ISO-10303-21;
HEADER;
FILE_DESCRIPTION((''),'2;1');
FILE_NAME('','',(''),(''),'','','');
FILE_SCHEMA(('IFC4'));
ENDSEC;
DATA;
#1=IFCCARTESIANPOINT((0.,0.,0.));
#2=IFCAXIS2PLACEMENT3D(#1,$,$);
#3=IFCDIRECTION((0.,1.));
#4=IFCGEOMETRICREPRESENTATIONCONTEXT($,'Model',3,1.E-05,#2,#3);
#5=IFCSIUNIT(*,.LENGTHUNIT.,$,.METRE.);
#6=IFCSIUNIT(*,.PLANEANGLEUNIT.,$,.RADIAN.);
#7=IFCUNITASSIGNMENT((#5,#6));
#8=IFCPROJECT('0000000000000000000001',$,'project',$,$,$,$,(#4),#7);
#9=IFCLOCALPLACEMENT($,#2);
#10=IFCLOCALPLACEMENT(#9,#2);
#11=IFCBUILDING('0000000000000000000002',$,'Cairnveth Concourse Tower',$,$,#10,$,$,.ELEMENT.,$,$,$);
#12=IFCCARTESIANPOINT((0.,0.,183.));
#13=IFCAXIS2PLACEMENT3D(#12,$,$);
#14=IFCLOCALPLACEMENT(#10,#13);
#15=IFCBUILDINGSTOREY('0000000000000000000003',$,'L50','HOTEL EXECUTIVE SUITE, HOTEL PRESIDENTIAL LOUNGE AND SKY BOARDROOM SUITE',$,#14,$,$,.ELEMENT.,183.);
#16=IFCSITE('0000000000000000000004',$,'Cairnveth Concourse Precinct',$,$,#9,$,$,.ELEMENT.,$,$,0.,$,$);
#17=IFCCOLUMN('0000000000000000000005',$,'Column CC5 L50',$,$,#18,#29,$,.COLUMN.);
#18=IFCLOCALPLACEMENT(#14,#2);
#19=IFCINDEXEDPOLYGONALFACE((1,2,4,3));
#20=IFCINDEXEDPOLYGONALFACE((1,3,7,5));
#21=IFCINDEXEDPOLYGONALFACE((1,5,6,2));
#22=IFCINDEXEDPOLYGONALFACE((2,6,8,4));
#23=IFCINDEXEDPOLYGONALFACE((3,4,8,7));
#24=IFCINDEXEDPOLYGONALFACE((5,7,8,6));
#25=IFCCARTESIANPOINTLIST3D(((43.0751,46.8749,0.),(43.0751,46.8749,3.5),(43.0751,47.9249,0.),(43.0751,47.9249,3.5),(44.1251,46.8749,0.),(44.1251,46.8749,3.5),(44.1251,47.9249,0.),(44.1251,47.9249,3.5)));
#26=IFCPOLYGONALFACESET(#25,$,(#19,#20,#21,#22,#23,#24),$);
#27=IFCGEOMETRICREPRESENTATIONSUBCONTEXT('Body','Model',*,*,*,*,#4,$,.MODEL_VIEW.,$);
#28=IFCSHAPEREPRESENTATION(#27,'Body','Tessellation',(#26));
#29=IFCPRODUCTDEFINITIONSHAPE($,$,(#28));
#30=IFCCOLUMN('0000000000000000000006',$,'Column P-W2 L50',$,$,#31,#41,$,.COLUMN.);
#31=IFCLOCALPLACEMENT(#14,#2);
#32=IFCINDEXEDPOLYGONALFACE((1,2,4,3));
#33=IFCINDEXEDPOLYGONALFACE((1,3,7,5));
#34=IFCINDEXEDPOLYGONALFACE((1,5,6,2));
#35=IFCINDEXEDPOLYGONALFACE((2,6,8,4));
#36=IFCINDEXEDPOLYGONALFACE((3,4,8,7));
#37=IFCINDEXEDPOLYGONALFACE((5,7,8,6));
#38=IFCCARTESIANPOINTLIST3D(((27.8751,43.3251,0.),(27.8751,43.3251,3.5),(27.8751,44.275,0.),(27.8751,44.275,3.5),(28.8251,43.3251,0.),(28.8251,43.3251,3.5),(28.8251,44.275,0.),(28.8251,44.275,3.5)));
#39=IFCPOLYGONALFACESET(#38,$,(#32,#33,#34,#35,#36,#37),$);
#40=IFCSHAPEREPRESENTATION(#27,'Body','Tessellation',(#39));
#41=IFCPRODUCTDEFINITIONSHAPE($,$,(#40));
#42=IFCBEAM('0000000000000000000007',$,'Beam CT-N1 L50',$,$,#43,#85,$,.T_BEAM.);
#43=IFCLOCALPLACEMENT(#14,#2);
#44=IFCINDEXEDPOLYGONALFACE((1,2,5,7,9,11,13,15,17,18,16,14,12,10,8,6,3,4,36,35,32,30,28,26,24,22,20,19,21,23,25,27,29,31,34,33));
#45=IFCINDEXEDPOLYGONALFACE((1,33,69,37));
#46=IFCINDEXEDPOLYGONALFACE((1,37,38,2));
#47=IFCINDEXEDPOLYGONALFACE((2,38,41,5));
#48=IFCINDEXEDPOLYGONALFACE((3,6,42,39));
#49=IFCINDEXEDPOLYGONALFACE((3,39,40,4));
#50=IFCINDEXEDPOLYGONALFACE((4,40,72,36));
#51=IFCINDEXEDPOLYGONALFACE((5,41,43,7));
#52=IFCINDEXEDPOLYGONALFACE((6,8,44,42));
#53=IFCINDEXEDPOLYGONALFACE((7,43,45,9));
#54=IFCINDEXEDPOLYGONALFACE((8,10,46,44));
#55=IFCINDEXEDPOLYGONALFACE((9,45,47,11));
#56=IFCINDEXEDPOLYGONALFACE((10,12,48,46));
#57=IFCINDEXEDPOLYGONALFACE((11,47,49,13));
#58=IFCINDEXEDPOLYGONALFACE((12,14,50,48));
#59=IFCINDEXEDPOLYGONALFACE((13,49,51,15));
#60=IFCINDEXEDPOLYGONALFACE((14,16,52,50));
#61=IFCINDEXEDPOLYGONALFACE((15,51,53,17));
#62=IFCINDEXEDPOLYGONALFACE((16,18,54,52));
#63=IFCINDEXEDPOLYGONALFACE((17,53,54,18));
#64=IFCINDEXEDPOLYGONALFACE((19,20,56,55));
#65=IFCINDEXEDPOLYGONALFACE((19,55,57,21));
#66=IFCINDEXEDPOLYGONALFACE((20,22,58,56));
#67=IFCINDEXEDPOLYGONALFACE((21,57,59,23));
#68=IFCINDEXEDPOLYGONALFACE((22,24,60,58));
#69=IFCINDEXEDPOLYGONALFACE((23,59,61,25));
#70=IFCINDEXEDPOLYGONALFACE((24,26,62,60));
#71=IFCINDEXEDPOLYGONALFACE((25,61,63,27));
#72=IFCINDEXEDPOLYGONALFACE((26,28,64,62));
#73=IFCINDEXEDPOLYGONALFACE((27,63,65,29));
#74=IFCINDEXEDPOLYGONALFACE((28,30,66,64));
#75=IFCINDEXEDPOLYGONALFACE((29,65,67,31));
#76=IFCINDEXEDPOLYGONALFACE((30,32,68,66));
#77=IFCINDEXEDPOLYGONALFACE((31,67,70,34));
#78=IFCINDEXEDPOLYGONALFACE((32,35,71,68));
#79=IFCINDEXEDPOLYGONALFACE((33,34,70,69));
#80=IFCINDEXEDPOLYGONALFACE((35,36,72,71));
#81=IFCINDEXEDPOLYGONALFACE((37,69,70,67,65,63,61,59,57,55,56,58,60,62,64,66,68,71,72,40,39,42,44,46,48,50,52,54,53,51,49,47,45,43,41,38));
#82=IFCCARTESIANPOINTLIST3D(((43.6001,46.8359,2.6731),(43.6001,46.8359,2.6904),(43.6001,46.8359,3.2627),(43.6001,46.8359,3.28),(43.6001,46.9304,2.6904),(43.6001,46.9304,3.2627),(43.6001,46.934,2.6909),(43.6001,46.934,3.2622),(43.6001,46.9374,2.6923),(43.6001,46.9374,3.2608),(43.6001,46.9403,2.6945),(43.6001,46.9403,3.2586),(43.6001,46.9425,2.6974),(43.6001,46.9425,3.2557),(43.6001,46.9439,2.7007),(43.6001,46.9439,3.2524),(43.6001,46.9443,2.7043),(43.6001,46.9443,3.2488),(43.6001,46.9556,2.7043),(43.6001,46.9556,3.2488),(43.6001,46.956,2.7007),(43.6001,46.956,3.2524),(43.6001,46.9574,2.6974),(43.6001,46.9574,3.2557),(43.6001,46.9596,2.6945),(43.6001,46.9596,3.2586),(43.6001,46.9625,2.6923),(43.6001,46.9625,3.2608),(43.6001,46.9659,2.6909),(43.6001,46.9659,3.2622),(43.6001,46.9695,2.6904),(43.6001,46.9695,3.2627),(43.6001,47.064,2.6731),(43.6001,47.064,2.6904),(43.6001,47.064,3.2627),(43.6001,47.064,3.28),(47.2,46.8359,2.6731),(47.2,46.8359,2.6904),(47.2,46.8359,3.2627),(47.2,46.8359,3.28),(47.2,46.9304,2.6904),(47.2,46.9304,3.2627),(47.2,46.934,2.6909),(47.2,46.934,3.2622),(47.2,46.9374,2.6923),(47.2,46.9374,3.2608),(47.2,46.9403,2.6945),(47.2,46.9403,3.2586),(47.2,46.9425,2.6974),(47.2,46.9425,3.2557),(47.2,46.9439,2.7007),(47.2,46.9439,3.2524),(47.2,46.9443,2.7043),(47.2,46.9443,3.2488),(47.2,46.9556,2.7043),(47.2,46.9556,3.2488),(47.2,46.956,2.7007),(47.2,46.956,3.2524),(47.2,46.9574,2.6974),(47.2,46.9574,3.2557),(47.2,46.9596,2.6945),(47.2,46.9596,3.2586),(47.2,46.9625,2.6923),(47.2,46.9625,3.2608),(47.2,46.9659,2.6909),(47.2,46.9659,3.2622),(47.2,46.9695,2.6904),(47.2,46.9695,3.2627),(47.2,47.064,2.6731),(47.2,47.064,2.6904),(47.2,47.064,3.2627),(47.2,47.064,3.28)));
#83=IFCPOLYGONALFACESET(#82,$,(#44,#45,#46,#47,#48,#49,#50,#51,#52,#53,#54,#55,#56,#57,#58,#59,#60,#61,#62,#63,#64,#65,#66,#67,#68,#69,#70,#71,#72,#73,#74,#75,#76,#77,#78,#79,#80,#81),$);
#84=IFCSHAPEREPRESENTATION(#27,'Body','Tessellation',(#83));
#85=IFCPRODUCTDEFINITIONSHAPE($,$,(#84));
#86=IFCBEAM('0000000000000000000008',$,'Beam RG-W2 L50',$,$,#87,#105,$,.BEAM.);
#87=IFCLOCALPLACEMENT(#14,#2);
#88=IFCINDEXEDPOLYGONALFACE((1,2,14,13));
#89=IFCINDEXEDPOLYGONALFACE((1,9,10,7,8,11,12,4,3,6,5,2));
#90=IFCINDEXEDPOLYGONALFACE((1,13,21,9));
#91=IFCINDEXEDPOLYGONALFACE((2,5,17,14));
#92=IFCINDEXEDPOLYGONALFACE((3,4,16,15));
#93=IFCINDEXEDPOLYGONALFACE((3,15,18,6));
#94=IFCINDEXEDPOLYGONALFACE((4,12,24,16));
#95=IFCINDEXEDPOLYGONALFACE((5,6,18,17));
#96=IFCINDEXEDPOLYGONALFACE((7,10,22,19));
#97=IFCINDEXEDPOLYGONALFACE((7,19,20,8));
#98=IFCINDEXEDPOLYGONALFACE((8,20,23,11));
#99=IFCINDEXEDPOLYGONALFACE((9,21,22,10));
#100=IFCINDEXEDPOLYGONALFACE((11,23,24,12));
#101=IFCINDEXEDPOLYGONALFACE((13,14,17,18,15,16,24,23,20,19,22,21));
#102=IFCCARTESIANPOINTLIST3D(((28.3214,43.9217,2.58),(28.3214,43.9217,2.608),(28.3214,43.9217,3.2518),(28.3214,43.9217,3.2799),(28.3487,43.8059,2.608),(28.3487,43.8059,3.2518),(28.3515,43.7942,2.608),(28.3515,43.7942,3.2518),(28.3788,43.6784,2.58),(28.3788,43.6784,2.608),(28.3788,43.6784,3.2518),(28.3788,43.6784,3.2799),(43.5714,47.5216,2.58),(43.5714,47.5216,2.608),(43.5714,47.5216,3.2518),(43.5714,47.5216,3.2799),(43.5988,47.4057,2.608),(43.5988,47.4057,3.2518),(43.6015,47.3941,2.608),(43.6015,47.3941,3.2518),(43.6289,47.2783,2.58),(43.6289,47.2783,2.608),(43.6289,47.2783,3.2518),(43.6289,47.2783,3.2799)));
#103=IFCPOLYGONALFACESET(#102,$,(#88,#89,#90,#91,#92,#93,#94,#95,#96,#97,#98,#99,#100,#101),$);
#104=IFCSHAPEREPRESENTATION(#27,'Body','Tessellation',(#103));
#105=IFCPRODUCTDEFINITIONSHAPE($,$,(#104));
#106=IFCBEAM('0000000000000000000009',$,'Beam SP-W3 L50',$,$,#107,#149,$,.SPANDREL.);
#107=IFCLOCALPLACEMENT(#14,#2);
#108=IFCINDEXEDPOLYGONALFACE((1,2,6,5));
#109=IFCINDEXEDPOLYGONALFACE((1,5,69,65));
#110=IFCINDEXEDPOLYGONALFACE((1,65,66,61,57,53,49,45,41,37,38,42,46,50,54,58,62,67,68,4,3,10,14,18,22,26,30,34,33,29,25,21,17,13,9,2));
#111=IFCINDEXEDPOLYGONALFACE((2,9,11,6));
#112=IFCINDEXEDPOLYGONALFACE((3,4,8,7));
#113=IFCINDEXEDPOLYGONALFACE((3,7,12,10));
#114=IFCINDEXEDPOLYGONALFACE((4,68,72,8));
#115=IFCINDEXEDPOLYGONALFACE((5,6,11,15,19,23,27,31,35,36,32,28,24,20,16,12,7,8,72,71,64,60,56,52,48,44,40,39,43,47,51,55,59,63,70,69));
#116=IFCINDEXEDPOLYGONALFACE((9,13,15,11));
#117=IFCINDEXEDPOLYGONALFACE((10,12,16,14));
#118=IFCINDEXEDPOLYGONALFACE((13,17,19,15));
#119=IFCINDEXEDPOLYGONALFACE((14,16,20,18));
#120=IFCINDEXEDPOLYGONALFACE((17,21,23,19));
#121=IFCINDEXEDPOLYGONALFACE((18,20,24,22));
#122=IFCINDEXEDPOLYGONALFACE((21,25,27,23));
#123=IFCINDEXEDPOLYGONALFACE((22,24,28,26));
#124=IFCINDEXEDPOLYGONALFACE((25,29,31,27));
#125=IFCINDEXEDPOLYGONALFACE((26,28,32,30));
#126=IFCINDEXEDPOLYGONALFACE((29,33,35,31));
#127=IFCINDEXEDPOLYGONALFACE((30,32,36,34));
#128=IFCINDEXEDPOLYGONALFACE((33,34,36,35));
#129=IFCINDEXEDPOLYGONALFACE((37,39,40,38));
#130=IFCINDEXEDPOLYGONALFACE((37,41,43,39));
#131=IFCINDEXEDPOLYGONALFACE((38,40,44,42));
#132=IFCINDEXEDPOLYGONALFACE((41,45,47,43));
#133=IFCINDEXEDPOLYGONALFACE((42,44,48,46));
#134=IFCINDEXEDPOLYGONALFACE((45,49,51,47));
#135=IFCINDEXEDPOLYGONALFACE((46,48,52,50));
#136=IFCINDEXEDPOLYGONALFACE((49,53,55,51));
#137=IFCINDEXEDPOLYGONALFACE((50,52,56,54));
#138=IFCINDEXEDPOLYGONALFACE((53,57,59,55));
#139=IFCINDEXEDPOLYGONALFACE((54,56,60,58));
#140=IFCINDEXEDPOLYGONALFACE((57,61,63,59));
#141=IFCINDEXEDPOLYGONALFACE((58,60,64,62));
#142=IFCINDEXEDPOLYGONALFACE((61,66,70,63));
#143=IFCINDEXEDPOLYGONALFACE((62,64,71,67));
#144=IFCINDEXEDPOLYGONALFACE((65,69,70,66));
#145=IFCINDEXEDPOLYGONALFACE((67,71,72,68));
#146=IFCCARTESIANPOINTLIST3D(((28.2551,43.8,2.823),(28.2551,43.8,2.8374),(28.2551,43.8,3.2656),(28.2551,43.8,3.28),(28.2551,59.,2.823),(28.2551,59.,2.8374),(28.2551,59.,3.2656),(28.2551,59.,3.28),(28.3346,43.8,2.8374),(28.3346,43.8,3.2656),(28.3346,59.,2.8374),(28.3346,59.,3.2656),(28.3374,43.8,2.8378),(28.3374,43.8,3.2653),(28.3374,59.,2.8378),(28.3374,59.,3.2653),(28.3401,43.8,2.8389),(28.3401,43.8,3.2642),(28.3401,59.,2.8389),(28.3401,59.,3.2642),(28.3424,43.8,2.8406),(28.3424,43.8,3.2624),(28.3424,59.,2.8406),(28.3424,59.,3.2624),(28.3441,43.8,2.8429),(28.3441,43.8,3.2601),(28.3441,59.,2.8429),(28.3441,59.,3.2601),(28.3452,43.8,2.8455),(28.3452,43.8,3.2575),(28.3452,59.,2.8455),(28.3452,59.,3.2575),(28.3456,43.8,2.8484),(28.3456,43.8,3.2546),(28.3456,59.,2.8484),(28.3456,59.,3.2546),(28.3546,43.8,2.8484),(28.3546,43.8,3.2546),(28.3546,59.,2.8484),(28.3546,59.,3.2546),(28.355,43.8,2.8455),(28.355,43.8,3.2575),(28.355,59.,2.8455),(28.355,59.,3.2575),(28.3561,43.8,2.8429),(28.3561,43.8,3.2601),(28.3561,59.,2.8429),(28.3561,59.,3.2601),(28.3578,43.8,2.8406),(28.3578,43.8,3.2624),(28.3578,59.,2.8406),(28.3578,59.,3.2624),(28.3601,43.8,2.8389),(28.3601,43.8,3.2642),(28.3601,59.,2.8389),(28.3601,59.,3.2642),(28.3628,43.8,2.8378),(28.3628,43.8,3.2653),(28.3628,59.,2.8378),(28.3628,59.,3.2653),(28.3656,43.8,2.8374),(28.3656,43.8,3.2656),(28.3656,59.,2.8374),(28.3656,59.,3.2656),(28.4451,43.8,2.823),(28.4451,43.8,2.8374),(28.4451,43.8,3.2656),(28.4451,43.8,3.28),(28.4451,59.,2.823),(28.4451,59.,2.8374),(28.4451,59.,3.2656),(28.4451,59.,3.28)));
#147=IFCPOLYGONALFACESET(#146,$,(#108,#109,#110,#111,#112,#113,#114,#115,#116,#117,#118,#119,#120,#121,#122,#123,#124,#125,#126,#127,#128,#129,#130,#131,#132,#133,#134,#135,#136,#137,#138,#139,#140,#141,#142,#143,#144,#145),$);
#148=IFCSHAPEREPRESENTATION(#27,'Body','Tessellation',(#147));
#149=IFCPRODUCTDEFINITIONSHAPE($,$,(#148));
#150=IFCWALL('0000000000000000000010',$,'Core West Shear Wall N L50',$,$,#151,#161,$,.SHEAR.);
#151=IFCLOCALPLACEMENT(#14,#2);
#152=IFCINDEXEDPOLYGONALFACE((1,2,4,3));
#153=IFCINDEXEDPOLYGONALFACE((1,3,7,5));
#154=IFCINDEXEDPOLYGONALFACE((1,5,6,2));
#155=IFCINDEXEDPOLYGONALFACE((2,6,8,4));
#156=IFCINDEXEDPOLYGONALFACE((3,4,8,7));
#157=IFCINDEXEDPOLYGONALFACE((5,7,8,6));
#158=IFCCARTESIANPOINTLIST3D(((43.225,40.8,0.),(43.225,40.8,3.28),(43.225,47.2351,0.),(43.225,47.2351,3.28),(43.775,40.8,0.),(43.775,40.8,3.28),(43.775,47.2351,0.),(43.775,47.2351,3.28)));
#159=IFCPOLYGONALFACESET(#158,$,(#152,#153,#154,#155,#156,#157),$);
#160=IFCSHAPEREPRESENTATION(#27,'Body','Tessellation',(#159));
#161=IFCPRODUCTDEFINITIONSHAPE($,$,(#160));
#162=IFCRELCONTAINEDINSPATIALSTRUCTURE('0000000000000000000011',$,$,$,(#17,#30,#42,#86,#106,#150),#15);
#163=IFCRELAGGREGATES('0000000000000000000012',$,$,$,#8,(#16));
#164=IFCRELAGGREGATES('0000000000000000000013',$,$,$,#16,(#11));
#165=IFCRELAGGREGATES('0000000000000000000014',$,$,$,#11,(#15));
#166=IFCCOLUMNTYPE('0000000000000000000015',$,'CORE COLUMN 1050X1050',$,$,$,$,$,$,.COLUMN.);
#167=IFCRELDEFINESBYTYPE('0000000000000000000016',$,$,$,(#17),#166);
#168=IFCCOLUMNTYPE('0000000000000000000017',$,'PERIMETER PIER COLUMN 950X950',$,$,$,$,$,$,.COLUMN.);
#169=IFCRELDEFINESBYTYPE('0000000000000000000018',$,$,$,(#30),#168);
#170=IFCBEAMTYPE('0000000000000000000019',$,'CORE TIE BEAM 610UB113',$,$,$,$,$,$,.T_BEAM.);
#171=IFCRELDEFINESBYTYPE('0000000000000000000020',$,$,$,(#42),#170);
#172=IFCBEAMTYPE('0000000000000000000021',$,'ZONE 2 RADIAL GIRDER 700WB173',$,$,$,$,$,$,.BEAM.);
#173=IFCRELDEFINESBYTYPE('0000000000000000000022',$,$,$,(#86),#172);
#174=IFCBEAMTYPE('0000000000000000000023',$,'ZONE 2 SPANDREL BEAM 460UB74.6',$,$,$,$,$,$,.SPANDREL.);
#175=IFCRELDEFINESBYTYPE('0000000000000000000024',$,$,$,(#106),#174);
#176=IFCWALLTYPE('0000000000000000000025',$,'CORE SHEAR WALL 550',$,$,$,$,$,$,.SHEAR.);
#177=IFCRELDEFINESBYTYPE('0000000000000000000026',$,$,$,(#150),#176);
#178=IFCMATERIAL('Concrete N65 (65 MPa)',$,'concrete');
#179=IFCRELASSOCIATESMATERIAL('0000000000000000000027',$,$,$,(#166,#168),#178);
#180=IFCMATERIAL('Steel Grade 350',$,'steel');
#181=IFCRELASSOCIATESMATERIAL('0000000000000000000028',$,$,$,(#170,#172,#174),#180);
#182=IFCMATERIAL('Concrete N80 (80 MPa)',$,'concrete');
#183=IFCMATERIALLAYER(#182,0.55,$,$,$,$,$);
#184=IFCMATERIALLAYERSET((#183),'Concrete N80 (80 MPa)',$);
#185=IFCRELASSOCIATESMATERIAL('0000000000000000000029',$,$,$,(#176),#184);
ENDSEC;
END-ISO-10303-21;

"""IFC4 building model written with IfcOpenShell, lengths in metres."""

from ifc_helpers import new_model, si_unit, direction, frame, frame_2d, origin, origin_2d, place, context, subcontext, project, spatial, rectangle, i_section, extrude, material, layer, layer_set, material_profile, profile_set, type_object, element, save


model = new_model("IFC4")

# Units and contexts
model_context = context("Model", 3, precision=1e-05, world=origin(), true_north=direction((0.0, 1.0)))
body_context = subcontext(model_context, "Body", "Model", "MODEL_VIEW")
ifc_project = project(units=[si_unit("LENGTHUNIT", "METRE"), si_unit("PLANEANGLEUNIT", "RADIAN")], contexts=[model_context])

# Site, building, storey
site_placement = place(None, origin())
site = spatial("IfcSite", under=ifc_project, at=site_placement, Name="Cairnveth Concourse Precinct", CompositionType="ELEMENT", RefElevation=0.0)
building_placement = place(site_placement, origin())
building = spatial("IfcBuilding", under=site, at=building_placement, Name="Cairnveth Concourse Tower", CompositionType="ELEMENT")
storey_placement = place(building_placement, frame((0.0, 0.0, 183.0)))
storey = spatial("IfcBuildingStorey", under=building, at=storey_placement, Name="L50", Description="HOTEL EXECUTIVE SUITE, HOTEL PRESIDENTIAL LOUNGE AND SKY BOARDROOM SUITE", CompositionType="ELEMENT", Elevation=183.0)

# Columns
ifc_material_1 = material(Name="Concrete N65 (65 MPa)", Category="concrete")
ifc_material_profile_1 = material_profile(ifc_material_1, rectangle(XDim=1.05, YDim=1.05, at=origin_2d()), Name="RC-COL-1050x1050")
ifc_profile_set_1 = profile_set([ifc_material_profile_1], Name="Concrete N65 (65 MPa)")
column_type_1 = type_object("IfcColumnType", Name="CORE COLUMN 1050X1050", PredefinedType="COLUMN", material=ifc_profile_set_1)
column_1_placement = place(storey_placement, frame((43.6001, 47.3999, 0.0), z_axis=(0.0, 0.0, 1.0), x_axis=(1.0, 0.0, 0.0)))
element("IfcColumn", 1, at=column_1_placement, inside=storey, type_object=column_type_1, Name="Column CC5 L50", PredefinedType="COLUMN", context=body_context, shape_type="SweptSolid", body=[
    extrude(rectangle(XDim=1.05, YDim=1.05, at=origin_2d()), origin(), (0.0, 0.0, 1.0), 3.5),
])
ifc_material_profile_2 = material_profile(ifc_material_1, rectangle(XDim=0.95, YDim=0.95, at=origin_2d()), Name="RC-COL-950x950")
ifc_profile_set_2 = profile_set([ifc_material_profile_2], Name="Concrete N65 (65 MPa)")
column_type_2 = type_object("IfcColumnType", Name="PERIMETER PIER COLUMN 950X950", PredefinedType="COLUMN", material=ifc_profile_set_2)
column_2_placement = place(storey_placement, frame((28.3501, 43.8, 0.0), z_axis=(0.0, 0.0, 1.0), x_axis=(0.0, 1.0, 0.0)))
element("IfcColumn", 2, at=column_2_placement, inside=storey, type_object=column_type_2, Name="Column P-W2 L50", PredefinedType="COLUMN", context=body_context, shape_type="SweptSolid", body=[
    extrude(rectangle(XDim=0.95, YDim=0.95, at=origin_2d()), origin(), (0.0, 0.0, 1.0), 3.5),
])

# Beams
ifc_material_2 = material(Name="Steel Grade 350", Category="steel")
ifc_material_profile_3 = material_profile(ifc_material_2, i_section(OverallWidth=0.228, OverallDepth=0.6069, WebThickness=0.0112, FlangeThickness=0.0173, FilletRadius=0.0139, at=origin_2d()), Name="610UB113")
ifc_profile_set_3 = profile_set([ifc_material_profile_3], Name="Steel Grade 350")
beam_type_1 = type_object("IfcBeamType", Name="CORE TIE BEAM 610UB113", PredefinedType="T_BEAM", material=ifc_profile_set_3)
beam_1_placement = place(storey_placement, frame((43.6001, 46.95, 2.9766), z_axis=(1.0, 0.0, 0.0), x_axis=(0.0, 1.0, 0.0)))
element("IfcBeam", 3, at=beam_1_placement, inside=storey, type_object=beam_type_1, Name="Beam CT-N1 L50", PredefinedType="T_BEAM", context=body_context, shape_type="SweptSolid", body=[
    extrude(i_section(OverallWidth=0.228, OverallDepth=0.6069, WebThickness=0.0112, FlangeThickness=0.0173, FilletRadius=0.0139, at=origin_2d()), origin(), (0.0, 0.0, 1.0), 3.5999),
])
ifc_material_profile_4 = material_profile(ifc_material_2, i_section(OverallWidth=0.25, OverallDepth=0.7, WebThickness=0.012, FlangeThickness=0.0281, at=origin_2d()), Name="700WB173")
ifc_profile_set_4 = profile_set([ifc_material_profile_4], Name="Steel Grade 350")
beam_type_2 = type_object("IfcBeamType", Name="ZONE 2 RADIAL GIRDER 700WB173", PredefinedType="BEAM", material=ifc_profile_set_4)
beam_2_placement = place(storey_placement, frame((28.3501, 43.8, 2.9299), z_axis=(0.973252, 0.229742, 0.0), x_axis=(-0.229742, 0.973252, 0.0)))
element("IfcBeam", 4, at=beam_2_placement, inside=storey, type_object=beam_type_2, Name="Beam RG-W2 L50", PredefinedType="BEAM", context=body_context, shape_type="SweptSolid", body=[
    extrude(i_section(OverallWidth=0.25, OverallDepth=0.7, WebThickness=0.012, FlangeThickness=0.0281, at=origin_2d()), origin(), (0.0, 0.0, 1.0), 15.6692),
])
ifc_material_profile_5 = material_profile(ifc_material_2, i_section(OverallWidth=0.1899, OverallDepth=0.457, WebThickness=0.009, FlangeThickness=0.0144, FilletRadius=0.011, at=origin_2d()), Name="460UB74.6")
ifc_profile_set_5 = profile_set([ifc_material_profile_5], Name="Steel Grade 350")
beam_type_3 = type_object("IfcBeamType", Name="ZONE 2 SPANDREL BEAM 460UB74.6", PredefinedType="SPANDREL", material=ifc_profile_set_5)
beam_3_placement = place(storey_placement, frame((28.3501, 43.8, 3.0515), z_axis=(0.0, 1.0, 0.0), x_axis=(-1.0, 0.0, 0.0)))
element("IfcBeam", 5, at=beam_3_placement, inside=storey, type_object=beam_type_3, Name="Beam SP-W3 L50", PredefinedType="SPANDREL", context=body_context, shape_type="SweptSolid", body=[
    extrude(i_section(OverallWidth=0.1899, OverallDepth=0.457, WebThickness=0.009, FlangeThickness=0.0144, FilletRadius=0.011, at=origin_2d()), origin(), (0.0, 0.0, 1.0), 15.2),
])

# Wall
ifc_material_3 = material(Name="Concrete N80 (80 MPa)", Category="concrete")
ifc_layer_1 = layer(ifc_material_3, 0.55)
ifc_layer_set_1 = layer_set([ifc_layer_1], Name="Concrete N80 (80 MPa)")
wall_type_1 = type_object("IfcWallType", Name="CORE SHEAR WALL 550", PredefinedType="SHEAR", material=ifc_layer_set_1)
wall_1_placement = place(storey_placement, frame((43.5, 40.8, 0.0), z_axis=(0.0, 0.0, 1.0), x_axis=(0.0, 1.0, 0.0)))
element("IfcWall", 6, at=wall_1_placement, inside=storey, type_object=wall_type_1, Name="Core West Shear Wall N L50", PredefinedType="SHEAR", context=body_context, shape_type="SweptSolid", body=[
    extrude(rectangle(XDim=6.4351, YDim=0.55, at=frame_2d((3.2175, 0.0))), origin(), (0.0, 0.0, 1.0), 3.28),
])

save(model, "model.ifc")
